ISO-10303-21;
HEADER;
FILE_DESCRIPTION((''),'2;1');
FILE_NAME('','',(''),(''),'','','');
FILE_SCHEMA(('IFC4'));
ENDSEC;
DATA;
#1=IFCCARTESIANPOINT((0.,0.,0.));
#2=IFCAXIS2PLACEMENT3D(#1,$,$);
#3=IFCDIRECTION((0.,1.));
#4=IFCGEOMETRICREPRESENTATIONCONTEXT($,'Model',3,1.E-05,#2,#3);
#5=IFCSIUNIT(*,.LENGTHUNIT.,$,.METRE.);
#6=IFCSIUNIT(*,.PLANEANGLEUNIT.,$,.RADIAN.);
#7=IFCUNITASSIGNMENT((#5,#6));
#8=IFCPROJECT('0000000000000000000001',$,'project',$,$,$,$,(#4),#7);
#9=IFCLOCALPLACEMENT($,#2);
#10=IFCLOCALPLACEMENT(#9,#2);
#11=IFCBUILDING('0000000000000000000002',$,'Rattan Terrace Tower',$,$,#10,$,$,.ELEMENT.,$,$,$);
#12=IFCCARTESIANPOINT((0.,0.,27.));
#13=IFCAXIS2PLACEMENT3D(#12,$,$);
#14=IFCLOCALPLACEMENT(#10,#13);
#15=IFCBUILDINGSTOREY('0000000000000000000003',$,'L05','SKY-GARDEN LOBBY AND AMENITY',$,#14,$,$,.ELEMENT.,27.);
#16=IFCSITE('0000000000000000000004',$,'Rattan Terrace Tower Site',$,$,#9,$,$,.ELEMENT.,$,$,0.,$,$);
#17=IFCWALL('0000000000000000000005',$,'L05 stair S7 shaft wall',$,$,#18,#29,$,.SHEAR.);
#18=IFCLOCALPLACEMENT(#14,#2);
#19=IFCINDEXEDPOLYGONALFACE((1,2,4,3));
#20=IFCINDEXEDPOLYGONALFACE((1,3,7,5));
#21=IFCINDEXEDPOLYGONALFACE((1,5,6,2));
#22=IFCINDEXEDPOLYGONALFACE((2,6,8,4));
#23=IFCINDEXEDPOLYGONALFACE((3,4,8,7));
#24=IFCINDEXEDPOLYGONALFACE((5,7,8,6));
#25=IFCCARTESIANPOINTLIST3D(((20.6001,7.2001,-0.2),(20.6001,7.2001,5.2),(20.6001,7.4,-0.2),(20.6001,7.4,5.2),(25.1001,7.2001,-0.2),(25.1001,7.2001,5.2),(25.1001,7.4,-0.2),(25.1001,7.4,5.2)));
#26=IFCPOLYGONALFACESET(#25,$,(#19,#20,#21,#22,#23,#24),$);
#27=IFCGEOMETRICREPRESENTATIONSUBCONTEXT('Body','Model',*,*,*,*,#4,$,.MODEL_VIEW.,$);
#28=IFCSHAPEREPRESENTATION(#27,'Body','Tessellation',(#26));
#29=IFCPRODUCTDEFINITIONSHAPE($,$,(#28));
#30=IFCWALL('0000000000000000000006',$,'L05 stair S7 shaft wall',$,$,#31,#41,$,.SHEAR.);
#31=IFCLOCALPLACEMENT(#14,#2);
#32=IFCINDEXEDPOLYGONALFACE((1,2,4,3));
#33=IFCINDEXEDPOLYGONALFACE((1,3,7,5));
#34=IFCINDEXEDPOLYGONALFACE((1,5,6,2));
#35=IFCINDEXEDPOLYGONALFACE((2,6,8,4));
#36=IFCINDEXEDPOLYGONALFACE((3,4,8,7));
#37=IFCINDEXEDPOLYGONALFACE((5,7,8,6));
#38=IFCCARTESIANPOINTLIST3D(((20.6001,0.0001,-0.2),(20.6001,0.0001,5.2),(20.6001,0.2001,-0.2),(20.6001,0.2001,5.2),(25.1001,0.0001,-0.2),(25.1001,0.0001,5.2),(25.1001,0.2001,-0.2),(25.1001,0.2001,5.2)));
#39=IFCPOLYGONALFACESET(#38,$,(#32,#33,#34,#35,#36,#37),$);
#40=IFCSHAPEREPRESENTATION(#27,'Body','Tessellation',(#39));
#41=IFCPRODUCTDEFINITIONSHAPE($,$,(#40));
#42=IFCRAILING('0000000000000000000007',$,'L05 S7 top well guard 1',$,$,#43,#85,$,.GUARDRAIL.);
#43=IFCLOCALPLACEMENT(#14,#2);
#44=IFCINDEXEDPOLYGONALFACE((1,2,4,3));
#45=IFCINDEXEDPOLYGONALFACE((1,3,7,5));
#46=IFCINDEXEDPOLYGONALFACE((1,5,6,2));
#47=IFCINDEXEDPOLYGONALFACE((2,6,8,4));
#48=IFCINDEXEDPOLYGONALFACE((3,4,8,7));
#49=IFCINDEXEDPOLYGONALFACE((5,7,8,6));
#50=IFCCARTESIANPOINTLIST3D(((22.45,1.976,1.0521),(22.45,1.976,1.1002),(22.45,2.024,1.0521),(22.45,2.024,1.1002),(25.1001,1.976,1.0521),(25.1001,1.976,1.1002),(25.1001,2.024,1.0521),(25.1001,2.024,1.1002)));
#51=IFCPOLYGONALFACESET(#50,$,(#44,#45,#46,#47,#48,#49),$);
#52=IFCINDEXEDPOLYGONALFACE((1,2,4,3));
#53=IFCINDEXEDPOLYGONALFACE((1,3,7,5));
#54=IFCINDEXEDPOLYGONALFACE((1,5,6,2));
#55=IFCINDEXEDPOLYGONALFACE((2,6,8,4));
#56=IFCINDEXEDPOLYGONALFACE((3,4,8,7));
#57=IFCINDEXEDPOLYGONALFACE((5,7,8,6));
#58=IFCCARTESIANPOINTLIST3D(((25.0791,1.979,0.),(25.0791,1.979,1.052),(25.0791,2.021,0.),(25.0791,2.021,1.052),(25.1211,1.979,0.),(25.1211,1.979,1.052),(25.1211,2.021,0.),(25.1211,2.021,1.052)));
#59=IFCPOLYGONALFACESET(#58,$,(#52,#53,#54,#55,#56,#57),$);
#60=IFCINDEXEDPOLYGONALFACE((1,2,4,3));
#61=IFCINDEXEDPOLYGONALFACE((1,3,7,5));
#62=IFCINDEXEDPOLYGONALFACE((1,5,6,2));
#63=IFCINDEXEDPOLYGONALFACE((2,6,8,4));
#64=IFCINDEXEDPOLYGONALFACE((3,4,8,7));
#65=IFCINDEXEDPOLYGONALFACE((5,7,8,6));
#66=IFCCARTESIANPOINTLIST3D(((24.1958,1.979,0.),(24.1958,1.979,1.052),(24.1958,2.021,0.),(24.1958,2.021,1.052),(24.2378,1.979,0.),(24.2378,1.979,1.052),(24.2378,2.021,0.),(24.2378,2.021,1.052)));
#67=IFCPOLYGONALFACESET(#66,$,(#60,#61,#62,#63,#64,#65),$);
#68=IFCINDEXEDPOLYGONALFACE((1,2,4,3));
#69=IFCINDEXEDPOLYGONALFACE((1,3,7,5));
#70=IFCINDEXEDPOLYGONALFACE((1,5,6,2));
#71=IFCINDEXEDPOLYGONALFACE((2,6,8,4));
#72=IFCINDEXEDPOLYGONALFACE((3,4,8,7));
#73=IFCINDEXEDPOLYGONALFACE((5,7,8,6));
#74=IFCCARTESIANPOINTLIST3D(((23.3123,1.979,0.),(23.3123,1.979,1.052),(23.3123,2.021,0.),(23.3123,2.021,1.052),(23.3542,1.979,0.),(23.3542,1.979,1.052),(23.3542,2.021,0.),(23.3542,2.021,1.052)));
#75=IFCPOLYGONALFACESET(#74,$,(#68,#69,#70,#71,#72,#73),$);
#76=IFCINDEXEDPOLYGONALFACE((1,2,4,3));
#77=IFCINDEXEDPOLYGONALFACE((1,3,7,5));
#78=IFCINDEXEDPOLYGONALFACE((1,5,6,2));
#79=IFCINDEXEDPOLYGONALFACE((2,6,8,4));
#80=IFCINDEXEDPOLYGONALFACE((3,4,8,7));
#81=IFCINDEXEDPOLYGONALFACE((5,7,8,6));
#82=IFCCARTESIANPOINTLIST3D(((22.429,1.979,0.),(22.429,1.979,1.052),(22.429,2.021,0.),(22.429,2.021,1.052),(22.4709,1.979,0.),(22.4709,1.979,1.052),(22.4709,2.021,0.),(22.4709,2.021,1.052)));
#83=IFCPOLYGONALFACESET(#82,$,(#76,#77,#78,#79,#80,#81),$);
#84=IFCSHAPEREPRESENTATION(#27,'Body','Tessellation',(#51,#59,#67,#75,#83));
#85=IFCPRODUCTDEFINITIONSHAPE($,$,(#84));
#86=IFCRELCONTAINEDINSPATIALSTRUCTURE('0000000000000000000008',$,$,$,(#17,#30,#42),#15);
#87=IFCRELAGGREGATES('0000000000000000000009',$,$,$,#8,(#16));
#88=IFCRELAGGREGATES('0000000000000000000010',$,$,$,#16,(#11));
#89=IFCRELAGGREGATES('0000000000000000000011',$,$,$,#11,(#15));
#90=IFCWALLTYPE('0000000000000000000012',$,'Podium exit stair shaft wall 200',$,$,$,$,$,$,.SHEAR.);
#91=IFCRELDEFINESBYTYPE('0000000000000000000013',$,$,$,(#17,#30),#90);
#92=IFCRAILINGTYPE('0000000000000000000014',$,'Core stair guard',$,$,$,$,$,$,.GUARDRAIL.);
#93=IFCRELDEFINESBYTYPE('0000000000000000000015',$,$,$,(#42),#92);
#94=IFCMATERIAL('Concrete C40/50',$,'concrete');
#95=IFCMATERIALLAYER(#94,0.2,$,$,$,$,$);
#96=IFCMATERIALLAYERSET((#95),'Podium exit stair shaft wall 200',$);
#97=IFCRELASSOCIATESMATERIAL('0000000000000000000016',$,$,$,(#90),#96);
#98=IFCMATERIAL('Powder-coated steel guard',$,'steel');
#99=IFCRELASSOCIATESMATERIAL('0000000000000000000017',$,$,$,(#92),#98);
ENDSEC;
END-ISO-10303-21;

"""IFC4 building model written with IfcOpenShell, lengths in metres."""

from ifc_helpers import new_model, si_unit, direction, frame, frame_2d, origin, origin_2d, place, context, subcontext, project, spatial, rectangle, extrude, material, layer, layer_set, type_object, element, save


model = new_model("IFC4")

# Units and contexts
model_context = context("Model", 3, precision=1e-05, world=origin(), true_north=direction((0.0, 1.0)))
body_context = subcontext(model_context, "Body", "Model", "MODEL_VIEW")
ifc_project = project(units=[si_unit("LENGTHUNIT", "METRE"), si_unit("PLANEANGLEUNIT", "RADIAN")], contexts=[model_context])

# Site, building, storey
site_placement = place(None, origin())
site = spatial("IfcSite", under=ifc_project, at=site_placement, Name="Rattan Terrace Tower Site", CompositionType="ELEMENT", RefElevation=0.0)
building_placement = place(site_placement, origin())
building = spatial("IfcBuilding", under=site, at=building_placement, Name="Rattan Terrace Tower", CompositionType="ELEMENT")
storey_placement = place(building_placement, frame((0.0, 0.0, 27.0)))
storey = spatial("IfcBuildingStorey", under=building, at=storey_placement, Name="L05", Description="SKY-GARDEN LOBBY AND AMENITY", CompositionType="ELEMENT", Elevation=27.0)

# Walls
ifc_material_1 = material(Name="Concrete C40/50", Category="concrete")
ifc_layer_1 = layer(ifc_material_1, 0.2)
ifc_layer_set_1 = layer_set([ifc_layer_1], Name="Podium exit stair shaft wall 200")
wall_type_1 = type_object("IfcWallType", Name="Podium exit stair shaft wall 200", PredefinedType="SHEAR", material=ifc_layer_set_1)
for number, where, z_axis, x_axis, name in (
    (1, (20.6001, 7.3, -0.2), (0.0, 0.0, 1.0), (1.0, 0.0, 0.0), "L05 stair S7 shaft wall"),
    (2, (20.6001, 0.1001, -0.2), (0.0, 0.0, 1.0), (1.0, 0.0, 0.0), "L05 stair S7 shaft wall"),
):
    element("IfcWall", number, at=place(storey_placement, frame(where, z_axis=z_axis, x_axis=x_axis)), inside=storey, type_object=wall_type_1, Name=name, PredefinedType="SHEAR", context=body_context, shape_type="SweptSolid", body=[
        extrude(rectangle(XDim=4.5, YDim=0.2, at=frame_2d((2.25, 0.0))), origin(), (0.0, 0.0, 1.0), 5.3999),
    ])

# Railing
ifc_material_2 = material(Name="Powder-coated steel guard", Category="steel")
railing_type_1 = type_object("IfcRailingType", Name="Core stair guard", PredefinedType="GUARDRAIL", material=ifc_material_2)
railing_1_placement = place(storey_placement, frame((25.1001, 2.0, 0.0)))
element("IfcRailing", 3, at=railing_1_placement, inside=storey, type_object=railing_type_1, Name="L05 S7 top well guard 1", PredefinedType="GUARDRAIL", context=body_context, shape_type="SweptSolid", body=[
    extrude(rectangle(XDim=0.0481, YDim=0.0481, at=origin_2d()), frame((0.0, 0.0, 1.0762), z_axis=(-1.0, 0.0, 0.0), x_axis=(0.0, -1.0, 0.0)), (0.0, 0.0, 1.0), 2.6501),
    extrude(rectangle(XDim=0.042, YDim=0.042, at=origin_2d()), origin(), (0.0, 0.0, 1.0), 1.052),
    extrude(rectangle(XDim=0.042, YDim=0.042, at=origin_2d()), frame((-0.8833, 0.0, 0.0)), (0.0, 0.0, 1.0), 1.052),
    extrude(rectangle(XDim=0.042, YDim=0.042, at=origin_2d()), frame((-1.7668, 0.0, 0.0)), (0.0, 0.0, 1.0), 1.052),
    extrude(rectangle(XDim=0.042, YDim=0.042, at=origin_2d()), frame((-2.6501, 0.0, 0.0)), (0.0, 0.0, 1.0), 1.052),
])

save(model, "model.ifc")
